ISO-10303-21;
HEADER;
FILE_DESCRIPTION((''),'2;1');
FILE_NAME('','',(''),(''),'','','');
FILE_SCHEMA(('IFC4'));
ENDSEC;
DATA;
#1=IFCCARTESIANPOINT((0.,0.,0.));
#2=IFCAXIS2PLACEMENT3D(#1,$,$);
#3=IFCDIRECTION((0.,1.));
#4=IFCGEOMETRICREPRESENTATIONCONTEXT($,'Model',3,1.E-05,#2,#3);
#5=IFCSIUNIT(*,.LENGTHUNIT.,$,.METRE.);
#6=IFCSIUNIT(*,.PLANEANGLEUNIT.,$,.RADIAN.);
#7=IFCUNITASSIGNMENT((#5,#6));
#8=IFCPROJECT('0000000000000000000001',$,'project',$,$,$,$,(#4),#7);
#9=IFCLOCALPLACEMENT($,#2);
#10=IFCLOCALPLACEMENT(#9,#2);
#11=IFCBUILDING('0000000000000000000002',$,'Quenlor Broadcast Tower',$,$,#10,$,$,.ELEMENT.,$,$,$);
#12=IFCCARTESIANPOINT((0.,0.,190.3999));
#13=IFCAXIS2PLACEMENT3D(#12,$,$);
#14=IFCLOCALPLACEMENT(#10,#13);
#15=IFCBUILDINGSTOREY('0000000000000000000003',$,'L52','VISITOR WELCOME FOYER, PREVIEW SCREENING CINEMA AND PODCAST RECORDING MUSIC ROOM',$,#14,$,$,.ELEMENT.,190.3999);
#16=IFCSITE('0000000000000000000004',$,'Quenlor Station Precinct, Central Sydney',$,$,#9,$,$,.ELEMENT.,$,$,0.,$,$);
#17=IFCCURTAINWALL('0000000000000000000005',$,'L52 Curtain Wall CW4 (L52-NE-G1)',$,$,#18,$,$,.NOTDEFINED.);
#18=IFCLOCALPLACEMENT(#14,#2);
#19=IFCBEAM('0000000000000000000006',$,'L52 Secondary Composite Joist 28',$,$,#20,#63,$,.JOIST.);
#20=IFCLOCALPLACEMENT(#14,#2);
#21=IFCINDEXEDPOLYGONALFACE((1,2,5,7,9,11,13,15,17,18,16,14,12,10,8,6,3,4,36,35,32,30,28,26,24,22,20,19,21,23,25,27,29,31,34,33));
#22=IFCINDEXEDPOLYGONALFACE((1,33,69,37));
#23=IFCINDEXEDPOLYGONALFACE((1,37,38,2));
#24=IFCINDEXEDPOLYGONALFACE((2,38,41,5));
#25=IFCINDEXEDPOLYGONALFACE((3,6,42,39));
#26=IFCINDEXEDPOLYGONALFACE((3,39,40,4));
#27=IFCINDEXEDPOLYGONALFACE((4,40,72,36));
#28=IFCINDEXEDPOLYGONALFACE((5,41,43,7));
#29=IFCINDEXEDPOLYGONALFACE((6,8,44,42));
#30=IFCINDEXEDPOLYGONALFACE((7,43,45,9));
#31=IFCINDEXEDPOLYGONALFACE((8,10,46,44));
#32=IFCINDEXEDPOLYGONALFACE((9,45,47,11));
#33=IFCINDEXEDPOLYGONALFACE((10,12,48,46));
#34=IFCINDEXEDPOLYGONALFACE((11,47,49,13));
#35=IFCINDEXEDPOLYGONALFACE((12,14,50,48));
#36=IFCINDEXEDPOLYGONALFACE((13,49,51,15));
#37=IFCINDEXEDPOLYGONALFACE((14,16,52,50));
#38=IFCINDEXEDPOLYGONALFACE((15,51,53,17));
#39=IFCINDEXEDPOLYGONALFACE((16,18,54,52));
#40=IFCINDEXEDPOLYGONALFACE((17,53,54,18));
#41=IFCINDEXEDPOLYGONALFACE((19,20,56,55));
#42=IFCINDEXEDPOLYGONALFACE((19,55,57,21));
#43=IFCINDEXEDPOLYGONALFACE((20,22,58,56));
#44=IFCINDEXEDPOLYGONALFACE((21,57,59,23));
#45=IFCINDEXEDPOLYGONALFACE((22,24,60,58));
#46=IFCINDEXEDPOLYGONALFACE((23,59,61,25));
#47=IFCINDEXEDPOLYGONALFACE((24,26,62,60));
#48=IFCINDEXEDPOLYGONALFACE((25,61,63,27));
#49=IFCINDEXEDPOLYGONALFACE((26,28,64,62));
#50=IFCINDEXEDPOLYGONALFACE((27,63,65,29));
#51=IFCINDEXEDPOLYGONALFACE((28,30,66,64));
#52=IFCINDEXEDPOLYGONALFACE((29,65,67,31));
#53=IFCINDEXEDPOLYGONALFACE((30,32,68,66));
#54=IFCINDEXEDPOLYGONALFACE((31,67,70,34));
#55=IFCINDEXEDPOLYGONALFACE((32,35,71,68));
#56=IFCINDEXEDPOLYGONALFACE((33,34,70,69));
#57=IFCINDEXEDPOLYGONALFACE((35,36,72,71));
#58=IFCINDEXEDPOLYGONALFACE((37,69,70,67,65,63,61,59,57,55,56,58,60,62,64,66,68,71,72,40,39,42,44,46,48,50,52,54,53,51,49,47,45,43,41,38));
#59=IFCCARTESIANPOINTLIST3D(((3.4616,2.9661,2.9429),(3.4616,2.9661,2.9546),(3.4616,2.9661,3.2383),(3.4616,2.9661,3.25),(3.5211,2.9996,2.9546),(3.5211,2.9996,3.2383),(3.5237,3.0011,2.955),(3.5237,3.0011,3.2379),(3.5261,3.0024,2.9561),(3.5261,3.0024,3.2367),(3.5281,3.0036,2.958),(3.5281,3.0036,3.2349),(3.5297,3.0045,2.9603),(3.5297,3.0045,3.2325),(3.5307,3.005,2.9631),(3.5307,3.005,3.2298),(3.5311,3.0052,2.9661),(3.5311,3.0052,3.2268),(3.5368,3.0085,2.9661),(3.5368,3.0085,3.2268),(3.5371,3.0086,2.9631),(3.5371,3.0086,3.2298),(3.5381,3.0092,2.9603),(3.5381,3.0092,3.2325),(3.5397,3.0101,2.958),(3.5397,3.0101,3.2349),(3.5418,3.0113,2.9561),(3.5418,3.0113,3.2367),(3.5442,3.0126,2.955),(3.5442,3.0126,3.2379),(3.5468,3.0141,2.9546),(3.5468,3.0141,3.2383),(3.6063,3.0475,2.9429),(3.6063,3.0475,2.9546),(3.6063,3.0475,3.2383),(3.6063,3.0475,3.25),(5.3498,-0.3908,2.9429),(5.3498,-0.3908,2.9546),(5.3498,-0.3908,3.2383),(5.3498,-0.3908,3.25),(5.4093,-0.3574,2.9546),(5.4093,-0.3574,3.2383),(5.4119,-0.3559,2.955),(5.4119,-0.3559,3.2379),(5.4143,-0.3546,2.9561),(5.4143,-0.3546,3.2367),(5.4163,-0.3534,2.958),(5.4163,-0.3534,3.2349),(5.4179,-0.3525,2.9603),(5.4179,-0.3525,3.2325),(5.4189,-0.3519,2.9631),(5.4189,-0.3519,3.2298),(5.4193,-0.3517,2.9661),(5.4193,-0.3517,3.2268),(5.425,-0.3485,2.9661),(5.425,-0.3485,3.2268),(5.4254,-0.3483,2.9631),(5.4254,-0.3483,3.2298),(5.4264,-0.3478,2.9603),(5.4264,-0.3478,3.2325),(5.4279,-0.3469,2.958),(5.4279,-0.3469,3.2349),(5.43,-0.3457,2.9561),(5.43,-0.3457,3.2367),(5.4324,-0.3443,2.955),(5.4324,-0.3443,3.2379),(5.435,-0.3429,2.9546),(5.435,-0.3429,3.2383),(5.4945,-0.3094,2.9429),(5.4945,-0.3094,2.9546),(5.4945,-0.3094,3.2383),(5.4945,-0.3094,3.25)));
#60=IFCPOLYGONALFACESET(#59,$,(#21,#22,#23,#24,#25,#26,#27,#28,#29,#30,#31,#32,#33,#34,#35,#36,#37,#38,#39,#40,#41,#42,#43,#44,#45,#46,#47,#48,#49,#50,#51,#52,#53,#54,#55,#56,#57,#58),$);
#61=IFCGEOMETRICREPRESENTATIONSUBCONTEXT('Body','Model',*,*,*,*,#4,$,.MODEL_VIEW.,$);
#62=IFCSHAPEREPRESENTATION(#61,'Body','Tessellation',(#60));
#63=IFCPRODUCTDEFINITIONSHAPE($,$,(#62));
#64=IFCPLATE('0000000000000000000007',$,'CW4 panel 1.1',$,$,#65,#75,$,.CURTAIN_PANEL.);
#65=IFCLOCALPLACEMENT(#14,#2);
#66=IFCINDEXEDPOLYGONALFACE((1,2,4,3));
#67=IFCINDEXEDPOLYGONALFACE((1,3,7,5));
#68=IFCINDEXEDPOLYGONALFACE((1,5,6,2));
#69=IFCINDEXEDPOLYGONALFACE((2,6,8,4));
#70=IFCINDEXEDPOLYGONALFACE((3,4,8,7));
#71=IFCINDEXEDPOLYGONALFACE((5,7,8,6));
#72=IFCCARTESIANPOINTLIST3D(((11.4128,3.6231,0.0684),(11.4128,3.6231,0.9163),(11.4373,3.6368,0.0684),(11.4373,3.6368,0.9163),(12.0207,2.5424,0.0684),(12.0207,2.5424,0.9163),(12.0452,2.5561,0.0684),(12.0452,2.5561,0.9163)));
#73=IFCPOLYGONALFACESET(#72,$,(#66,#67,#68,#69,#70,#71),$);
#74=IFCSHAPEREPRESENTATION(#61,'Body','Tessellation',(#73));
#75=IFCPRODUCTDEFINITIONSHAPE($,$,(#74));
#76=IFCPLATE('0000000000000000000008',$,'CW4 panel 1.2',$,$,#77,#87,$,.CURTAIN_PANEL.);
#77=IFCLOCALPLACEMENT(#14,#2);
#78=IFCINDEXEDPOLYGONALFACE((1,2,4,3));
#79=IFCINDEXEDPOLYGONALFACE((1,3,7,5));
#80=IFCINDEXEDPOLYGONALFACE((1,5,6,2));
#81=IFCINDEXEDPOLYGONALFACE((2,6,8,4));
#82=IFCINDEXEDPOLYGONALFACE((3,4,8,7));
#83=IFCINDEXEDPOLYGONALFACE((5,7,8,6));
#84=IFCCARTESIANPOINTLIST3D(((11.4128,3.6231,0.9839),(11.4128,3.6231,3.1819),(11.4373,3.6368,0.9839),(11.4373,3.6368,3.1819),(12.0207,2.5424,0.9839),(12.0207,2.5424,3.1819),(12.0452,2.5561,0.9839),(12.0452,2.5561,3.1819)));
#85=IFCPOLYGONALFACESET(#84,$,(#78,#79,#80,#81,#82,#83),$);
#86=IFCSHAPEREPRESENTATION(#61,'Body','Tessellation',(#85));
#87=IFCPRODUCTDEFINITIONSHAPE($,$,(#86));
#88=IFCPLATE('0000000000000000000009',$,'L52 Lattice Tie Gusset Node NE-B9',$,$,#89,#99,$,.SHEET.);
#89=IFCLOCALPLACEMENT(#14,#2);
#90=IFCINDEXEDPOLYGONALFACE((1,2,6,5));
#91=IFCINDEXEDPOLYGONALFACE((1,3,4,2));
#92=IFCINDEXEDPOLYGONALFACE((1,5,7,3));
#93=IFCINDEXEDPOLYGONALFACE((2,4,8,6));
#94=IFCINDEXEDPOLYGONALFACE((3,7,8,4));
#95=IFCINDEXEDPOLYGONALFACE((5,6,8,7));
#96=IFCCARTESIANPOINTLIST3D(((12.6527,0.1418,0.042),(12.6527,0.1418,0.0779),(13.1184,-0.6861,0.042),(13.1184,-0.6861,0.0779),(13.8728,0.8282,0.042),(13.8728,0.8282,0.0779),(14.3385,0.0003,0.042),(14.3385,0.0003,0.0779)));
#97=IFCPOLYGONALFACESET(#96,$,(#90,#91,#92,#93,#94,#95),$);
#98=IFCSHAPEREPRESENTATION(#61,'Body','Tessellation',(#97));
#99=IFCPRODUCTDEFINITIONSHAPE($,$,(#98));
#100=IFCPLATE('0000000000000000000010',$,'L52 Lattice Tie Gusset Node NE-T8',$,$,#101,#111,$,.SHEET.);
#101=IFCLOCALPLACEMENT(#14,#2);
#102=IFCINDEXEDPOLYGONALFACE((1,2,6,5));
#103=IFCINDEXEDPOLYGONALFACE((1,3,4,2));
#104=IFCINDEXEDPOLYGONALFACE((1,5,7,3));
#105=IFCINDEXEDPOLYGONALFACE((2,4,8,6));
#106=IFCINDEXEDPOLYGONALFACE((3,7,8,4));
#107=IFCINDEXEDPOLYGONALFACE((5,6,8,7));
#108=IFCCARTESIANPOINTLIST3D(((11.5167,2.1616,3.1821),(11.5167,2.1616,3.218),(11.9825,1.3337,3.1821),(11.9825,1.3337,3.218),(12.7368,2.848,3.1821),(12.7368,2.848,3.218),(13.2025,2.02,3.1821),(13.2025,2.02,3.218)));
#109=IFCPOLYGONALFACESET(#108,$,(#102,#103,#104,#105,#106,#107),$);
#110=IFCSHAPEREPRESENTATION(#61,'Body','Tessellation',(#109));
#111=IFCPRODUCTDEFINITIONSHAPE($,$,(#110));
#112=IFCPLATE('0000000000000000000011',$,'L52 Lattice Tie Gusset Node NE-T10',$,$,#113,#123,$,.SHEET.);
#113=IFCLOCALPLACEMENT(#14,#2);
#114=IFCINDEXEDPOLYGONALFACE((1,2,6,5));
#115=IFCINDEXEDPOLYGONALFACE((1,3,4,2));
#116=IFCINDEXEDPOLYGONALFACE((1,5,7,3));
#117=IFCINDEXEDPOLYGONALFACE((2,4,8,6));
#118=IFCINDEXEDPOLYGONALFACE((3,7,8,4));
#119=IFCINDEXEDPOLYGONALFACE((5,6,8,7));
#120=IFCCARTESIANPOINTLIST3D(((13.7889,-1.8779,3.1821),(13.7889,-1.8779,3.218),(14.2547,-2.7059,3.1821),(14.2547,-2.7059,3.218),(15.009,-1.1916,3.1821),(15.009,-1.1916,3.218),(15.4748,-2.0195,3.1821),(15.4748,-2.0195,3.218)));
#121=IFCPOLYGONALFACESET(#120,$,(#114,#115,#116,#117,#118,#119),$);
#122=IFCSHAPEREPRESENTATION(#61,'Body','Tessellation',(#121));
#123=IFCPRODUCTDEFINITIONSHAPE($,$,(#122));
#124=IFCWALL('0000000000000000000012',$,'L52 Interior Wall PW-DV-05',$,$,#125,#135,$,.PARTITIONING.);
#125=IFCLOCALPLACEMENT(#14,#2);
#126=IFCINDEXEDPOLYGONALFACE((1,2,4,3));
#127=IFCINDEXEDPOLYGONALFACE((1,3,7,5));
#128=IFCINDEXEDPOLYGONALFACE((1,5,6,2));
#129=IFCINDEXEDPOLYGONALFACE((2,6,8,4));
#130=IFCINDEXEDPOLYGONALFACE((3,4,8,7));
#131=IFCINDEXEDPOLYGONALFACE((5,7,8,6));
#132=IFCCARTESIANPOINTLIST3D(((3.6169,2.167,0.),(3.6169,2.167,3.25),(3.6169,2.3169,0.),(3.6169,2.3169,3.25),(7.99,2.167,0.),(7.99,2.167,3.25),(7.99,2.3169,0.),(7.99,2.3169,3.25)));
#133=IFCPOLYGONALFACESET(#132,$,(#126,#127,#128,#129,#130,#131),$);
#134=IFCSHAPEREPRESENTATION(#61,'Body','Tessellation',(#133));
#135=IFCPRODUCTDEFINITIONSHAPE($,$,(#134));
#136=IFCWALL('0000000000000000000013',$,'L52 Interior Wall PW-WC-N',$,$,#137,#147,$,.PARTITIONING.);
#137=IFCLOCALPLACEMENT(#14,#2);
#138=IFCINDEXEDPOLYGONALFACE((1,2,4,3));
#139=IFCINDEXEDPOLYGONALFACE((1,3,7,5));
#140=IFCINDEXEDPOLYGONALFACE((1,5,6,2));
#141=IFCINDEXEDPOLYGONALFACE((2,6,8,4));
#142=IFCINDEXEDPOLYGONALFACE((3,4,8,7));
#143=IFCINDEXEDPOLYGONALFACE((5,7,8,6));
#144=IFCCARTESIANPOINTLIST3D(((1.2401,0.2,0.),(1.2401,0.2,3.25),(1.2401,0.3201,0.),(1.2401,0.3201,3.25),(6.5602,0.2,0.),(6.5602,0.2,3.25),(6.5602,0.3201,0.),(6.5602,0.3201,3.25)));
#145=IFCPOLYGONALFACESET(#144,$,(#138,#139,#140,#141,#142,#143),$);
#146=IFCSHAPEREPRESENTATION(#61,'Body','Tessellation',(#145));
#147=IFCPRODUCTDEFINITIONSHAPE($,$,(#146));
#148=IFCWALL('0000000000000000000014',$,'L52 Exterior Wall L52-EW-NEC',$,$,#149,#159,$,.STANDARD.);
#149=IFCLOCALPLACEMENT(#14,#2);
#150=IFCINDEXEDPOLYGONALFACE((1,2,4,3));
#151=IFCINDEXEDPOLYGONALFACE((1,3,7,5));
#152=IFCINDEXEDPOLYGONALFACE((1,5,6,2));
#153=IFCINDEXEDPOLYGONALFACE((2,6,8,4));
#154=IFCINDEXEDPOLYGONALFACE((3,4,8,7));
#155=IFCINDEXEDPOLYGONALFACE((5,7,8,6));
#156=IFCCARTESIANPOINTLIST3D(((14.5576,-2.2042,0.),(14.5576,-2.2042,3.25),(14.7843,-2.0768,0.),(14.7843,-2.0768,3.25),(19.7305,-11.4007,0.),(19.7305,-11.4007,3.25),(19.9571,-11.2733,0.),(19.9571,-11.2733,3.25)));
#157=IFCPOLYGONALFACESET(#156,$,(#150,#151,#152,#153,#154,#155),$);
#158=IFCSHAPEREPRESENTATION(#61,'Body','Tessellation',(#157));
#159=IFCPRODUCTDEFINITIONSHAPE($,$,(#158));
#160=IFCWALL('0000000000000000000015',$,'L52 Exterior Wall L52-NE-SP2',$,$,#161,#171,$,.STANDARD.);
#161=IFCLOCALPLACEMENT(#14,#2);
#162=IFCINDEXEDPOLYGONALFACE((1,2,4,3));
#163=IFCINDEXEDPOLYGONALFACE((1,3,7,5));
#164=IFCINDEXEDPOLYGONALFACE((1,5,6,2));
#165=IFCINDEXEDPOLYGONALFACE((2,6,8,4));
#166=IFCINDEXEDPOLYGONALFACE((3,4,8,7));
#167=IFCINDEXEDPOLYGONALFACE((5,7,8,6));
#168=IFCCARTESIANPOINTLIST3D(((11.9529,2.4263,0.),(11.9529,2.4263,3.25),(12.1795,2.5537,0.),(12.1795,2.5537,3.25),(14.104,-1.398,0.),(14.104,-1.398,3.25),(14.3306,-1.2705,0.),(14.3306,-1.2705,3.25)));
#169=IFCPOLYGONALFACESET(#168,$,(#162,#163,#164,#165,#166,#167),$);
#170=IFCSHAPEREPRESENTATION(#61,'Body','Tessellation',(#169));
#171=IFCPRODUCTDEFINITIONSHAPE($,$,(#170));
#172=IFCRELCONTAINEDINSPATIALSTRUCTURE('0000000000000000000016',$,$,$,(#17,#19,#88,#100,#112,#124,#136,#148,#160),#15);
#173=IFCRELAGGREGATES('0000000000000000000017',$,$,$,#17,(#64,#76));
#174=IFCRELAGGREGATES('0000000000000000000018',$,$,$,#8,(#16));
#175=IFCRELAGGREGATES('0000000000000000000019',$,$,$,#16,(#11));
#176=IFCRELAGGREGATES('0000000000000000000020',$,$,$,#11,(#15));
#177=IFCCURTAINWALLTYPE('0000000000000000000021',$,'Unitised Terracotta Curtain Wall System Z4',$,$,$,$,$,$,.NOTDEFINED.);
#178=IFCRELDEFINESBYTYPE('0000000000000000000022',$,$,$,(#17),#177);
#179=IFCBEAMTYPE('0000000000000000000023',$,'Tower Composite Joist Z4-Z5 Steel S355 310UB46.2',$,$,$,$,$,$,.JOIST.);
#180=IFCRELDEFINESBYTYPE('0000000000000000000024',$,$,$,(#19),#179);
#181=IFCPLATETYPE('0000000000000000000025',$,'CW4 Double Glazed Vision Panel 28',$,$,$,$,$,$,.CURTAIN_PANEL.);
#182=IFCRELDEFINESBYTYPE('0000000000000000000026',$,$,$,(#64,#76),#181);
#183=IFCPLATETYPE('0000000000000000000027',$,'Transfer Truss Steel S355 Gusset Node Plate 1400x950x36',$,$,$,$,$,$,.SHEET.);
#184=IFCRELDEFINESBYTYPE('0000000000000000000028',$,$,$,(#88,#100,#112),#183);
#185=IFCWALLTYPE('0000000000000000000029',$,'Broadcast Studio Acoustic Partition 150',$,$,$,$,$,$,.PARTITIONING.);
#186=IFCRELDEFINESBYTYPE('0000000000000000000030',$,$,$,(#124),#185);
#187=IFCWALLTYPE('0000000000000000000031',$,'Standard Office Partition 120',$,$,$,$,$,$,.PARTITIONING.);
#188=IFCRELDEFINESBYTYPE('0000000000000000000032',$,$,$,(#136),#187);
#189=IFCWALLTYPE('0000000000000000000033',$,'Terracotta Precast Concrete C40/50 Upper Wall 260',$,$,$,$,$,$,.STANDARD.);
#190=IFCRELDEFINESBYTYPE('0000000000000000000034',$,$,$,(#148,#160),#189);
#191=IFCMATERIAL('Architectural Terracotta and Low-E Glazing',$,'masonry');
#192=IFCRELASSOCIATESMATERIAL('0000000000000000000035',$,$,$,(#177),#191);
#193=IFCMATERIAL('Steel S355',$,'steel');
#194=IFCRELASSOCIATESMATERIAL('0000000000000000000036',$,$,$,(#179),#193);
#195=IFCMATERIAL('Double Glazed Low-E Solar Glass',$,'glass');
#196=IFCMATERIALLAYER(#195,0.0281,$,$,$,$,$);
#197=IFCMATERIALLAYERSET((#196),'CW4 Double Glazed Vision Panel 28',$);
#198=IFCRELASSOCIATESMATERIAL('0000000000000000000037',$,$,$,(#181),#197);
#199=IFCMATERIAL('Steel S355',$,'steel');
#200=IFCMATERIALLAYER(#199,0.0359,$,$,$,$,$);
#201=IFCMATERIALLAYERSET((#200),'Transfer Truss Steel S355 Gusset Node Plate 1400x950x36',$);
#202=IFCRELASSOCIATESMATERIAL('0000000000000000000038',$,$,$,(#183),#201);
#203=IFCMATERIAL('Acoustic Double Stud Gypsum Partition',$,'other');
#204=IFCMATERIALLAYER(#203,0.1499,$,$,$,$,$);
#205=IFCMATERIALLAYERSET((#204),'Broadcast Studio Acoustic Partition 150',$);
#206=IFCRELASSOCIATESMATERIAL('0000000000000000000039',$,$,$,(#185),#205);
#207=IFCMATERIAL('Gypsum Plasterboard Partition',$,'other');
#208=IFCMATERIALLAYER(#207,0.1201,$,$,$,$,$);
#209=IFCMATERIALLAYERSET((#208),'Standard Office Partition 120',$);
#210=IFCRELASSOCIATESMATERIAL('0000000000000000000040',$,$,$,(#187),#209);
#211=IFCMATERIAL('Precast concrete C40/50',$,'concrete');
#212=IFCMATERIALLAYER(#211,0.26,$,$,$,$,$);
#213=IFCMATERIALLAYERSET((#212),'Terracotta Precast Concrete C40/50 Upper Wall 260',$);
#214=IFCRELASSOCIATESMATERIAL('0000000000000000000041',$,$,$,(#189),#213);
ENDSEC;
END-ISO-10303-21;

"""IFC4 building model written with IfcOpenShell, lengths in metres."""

from ifc_helpers import new_model, si_unit, direction, frame, frame_2d, origin, origin_2d, place, context, subcontext, project, spatial, rectangle, i_section, extrude, material, layer, layer_set, material_profile, profile_set, type_object, element, aggregate, save


model = new_model("IFC4")

# Units and contexts
model_context = context("Model", 3, precision=1e-05, world=origin(), true_north=direction((0.0, 1.0)))
body_context = subcontext(model_context, "Body", "Model", "MODEL_VIEW")
ifc_project = project(units=[si_unit("LENGTHUNIT", "METRE"), si_unit("PLANEANGLEUNIT", "RADIAN")], contexts=[model_context])

# Site, building, storey
site_placement = place(None, origin())
site = spatial("IfcSite", under=ifc_project, at=site_placement, Name="Quenlor Station Precinct, Central Sydney", CompositionType="ELEMENT", RefElevation=0.0)
building_placement = place(site_placement, origin())
building = spatial("IfcBuilding", under=site, at=building_placement, Name="Quenlor Broadcast Tower", CompositionType="ELEMENT")
storey_placement = place(building_placement, frame((0.0, 0.0, 190.3999)))
storey = spatial("IfcBuildingStorey", under=building, at=storey_placement, Name="L52", Description="VISITOR WELCOME FOYER, PREVIEW SCREENING CINEMA AND PODCAST RECORDING MUSIC ROOM", CompositionType="ELEMENT", Elevation=190.3999)

# Curtain wall
ifc_material_1 = material(Name="Architectural Terracotta and Low-E Glazing", Category="masonry")
curtain_wall_type = type_object("IfcCurtainWallType", Name="Unitised Terracotta Curtain Wall System Z4", PredefinedType="NOTDEFINED", material=ifc_material_1)
curtain_wall_placement = place(storey_placement, origin())
curtain_wall = element("IfcCurtainWall", 1, at=curtain_wall_placement, inside=storey, type_object=curtain_wall_type, Name="L52 Curtain Wall CW4 (L52-NE-G1)", PredefinedType="NOTDEFINED")

# Beam
ifc_material_2 = material(Name="Steel S355", Category="steel")
ifc_material_profile_1 = material_profile(ifc_material_2, i_section(OverallWidth=0.166, OverallDepth=0.3071, WebThickness=0.0066, FlangeThickness=0.0117, FilletRadius=0.0115, at=origin_2d()))
ifc_profile_set_1 = profile_set([ifc_material_profile_1], Name="Steel S355 310UB46.2")
beam_type_1 = type_object("IfcBeamType", Name="Tower Composite Joist Z4-Z5 Steel S355 310UB46.2", PredefinedType="JOIST", material=ifc_profile_set_1)
beam_1_placement = place(storey_placement, frame((3.5339, 3.0068, 3.0964), z_axis=(0.490243, -0.871586, 0.0), x_axis=(0.871586, 0.490243, 0.0)))
element("IfcBeam", 2, at=beam_1_placement, inside=storey, type_object=beam_type_1, Name="L52 Secondary Composite Joist 28", PredefinedType="JOIST", context=body_context, shape_type="SweptSolid", body=[
    extrude(i_section(OverallWidth=0.166, OverallDepth=0.3071, WebThickness=0.0066, FlangeThickness=0.0117, FilletRadius=0.0115, at=origin_2d()), origin(), (0.0, 0.0, 1.0), 3.8516),
])

# Plates
ifc_material_3 = material(Name="Double Glazed Low-E Solar Glass", Category="glass")
ifc_layer_1 = layer(ifc_material_3, 0.0281)
ifc_layer_set_1 = layer_set([ifc_layer_1], Name="CW4 Double Glazed Vision Panel 28")
plate_type_1 = type_object("IfcPlateType", Name="CW4 Double Glazed Vision Panel 28", PredefinedType="CURTAIN_PANEL", material=ifc_layer_set_1)
plate_1_placement = place(storey_placement, frame((11.729, 3.0896, 0.0684), z_axis=(0.0, 0.0, 1.0), x_axis=(0.490289, -0.87156, 0.0)))
plate_1 = element("IfcPlate", 3, at=plate_1_placement, type_object=plate_type_1, Name="CW4 panel 1.1", PredefinedType="CURTAIN_PANEL", context=body_context, shape_type="SweptSolid", body=[
    extrude(rectangle(XDim=1.24, YDim=0.0281, at=origin_2d()), origin(), (0.0, 0.0, 1.0), 0.8479),
])
plate_2_placement = place(storey_placement, frame((11.729, 3.0896, 0.9839), z_axis=(0.0, 0.0, 1.0), x_axis=(0.490289, -0.87156, 0.0)))
plate_2 = element("IfcPlate", 4, at=plate_2_placement, type_object=plate_type_1, Name="CW4 panel 1.2", PredefinedType="CURTAIN_PANEL", context=body_context, shape_type="SweptSolid", body=[
    extrude(rectangle(XDim=1.24, YDim=0.0281, at=origin_2d()), origin(), (0.0, 0.0, 1.0), 2.198),
])
aggregate(curtain_wall, [plate_1, plate_2])

# Plates
ifc_material_4 = material(Name="Steel S355", Category="steel")
ifc_layer_2 = layer(ifc_material_4, 0.0359)
ifc_layer_set_2 = layer_set([ifc_layer_2], Name="Transfer Truss Steel S355 Gusset Node Plate 1400x950x36")
plate_type_2 = type_object("IfcPlateType", Name="Transfer Truss Steel S355 Gusset Node Plate 1400x950x36", PredefinedType="SHEET", material=ifc_layer_set_2)
for number, where, z_axis, x_axis, name in (
    (5, (13.4956, 0.071, 0.042), (0.0, 0.0, 1.0), (0.871556, 0.490295, 0.0), "L52 Lattice Tie Gusset Node NE-B9"),
    (6, (12.3596, 2.0908, 3.1821), (0.0, 0.0, 1.0), (0.871556, 0.490295, 0.0), "L52 Lattice Tie Gusset Node NE-T8"),
    (7, (14.6318, -1.9487, 3.1821), (0.0, 0.0, 1.0), (0.871556, 0.490295, 0.0), "L52 Lattice Tie Gusset Node NE-T10"),
):
    element("IfcPlate", number, at=place(storey_placement, frame(where, z_axis=z_axis, x_axis=x_axis)), inside=storey, type_object=plate_type_2, Name=name, PredefinedType="SHEET", context=body_context, shape_type="SweptSolid", body=[
        extrude(rectangle(XDim=1.3999, YDim=0.95, at=origin_2d()), origin(), (0.0, 0.0, 1.0), 0.0359),
    ])

# Walls
ifc_material_5 = material(Name="Acoustic Double Stud Gypsum Partition", Category="other")
ifc_layer_3 = layer(ifc_material_5, 0.1499)
ifc_layer_set_3 = layer_set([ifc_layer_3], Name="Broadcast Studio Acoustic Partition 150")
wall_type_1 = type_object("IfcWallType", Name="Broadcast Studio Acoustic Partition 150", PredefinedType="PARTITIONING", material=ifc_layer_set_3)
wall_1_placement = place(storey_placement, frame((7.99, 2.2419, 0.0), z_axis=(0.0, 0.0, 1.0), x_axis=(-1.0, 0.0, 0.0)))
element("IfcWall", 8, at=wall_1_placement, inside=storey, type_object=wall_type_1, Name="L52 Interior Wall PW-DV-05", PredefinedType="PARTITIONING", context=body_context, shape_type="SweptSolid", body=[
    extrude(rectangle(XDim=4.373, YDim=0.1499, at=frame_2d((2.1865, 0.0))), origin(), (0.0, 0.0, 1.0), 3.25),
])
ifc_material_6 = material(Name="Gypsum Plasterboard Partition", Category="other")
ifc_layer_4 = layer(ifc_material_6, 0.1201)
ifc_layer_set_4 = layer_set([ifc_layer_4], Name="Standard Office Partition 120")
wall_type_2 = type_object("IfcWallType", Name="Standard Office Partition 120", PredefinedType="PARTITIONING", material=ifc_layer_set_4)
wall_2_placement = place(storey_placement, frame((1.24, 0.26, 0.0), z_axis=(0.0, 0.0, 1.0), x_axis=(1.0, 0.0, 0.0)))
element("IfcWall", 9, at=wall_2_placement, inside=storey, type_object=wall_type_2, Name="L52 Interior Wall PW-WC-N", PredefinedType="PARTITIONING", context=body_context, shape_type="SweptSolid", body=[
    extrude(rectangle(XDim=5.3201, YDim=0.1201, at=frame_2d((2.6602, 0.0))), origin(), (0.0, 0.0, 1.0), 3.25),
])
ifc_material_7 = material(Name="Precast concrete C40/50", Category="concrete")
ifc_layer_5 = layer(ifc_material_7, 0.26)
ifc_layer_set_5 = layer_set([ifc_layer_5], Name="Terracotta Precast Concrete C40/50 Upper Wall 260")
wall_type_3 = type_object("IfcWallType", Name="Terracotta Precast Concrete C40/50 Upper Wall 260", PredefinedType="STANDARD", material=ifc_layer_set_5)
wall_3_placement = place(storey_placement, frame((14.6709, -2.1404, 0.0), z_axis=(0.0, 0.0, 1.0), x_axis=(0.490247, -0.871584, 0.0)))
element("IfcWall", 10, at=wall_3_placement, inside=storey, type_object=wall_type_3, Name="L52 Exterior Wall L52-EW-NEC", PredefinedType="STANDARD", context=body_context, shape_type="SweptSolid", body=[
    extrude(rectangle(XDim=10.5515, YDim=0.26, at=frame_2d((5.2759, 0.0))), origin(), (0.0, 0.0, 1.0), 3.25),
])
wall_4_placement = place(storey_placement, frame((12.0662, 2.49, 0.0), z_axis=(0.0, 0.0, 1.0), x_axis=(0.490261, -0.871576, 0.0)))
element("IfcWall", 11, at=wall_4_placement, inside=storey, type_object=wall_type_3, Name="L52 Exterior Wall L52-NE-SP2", PredefinedType="STANDARD", context=body_context, shape_type="SweptSolid", body=[
    extrude(rectangle(XDim=4.3877, YDim=0.26, at=frame_2d((2.1938, 0.0))), origin(), (0.0, 0.0, 1.0), 3.25),
])

save(model, "model.ifc")
